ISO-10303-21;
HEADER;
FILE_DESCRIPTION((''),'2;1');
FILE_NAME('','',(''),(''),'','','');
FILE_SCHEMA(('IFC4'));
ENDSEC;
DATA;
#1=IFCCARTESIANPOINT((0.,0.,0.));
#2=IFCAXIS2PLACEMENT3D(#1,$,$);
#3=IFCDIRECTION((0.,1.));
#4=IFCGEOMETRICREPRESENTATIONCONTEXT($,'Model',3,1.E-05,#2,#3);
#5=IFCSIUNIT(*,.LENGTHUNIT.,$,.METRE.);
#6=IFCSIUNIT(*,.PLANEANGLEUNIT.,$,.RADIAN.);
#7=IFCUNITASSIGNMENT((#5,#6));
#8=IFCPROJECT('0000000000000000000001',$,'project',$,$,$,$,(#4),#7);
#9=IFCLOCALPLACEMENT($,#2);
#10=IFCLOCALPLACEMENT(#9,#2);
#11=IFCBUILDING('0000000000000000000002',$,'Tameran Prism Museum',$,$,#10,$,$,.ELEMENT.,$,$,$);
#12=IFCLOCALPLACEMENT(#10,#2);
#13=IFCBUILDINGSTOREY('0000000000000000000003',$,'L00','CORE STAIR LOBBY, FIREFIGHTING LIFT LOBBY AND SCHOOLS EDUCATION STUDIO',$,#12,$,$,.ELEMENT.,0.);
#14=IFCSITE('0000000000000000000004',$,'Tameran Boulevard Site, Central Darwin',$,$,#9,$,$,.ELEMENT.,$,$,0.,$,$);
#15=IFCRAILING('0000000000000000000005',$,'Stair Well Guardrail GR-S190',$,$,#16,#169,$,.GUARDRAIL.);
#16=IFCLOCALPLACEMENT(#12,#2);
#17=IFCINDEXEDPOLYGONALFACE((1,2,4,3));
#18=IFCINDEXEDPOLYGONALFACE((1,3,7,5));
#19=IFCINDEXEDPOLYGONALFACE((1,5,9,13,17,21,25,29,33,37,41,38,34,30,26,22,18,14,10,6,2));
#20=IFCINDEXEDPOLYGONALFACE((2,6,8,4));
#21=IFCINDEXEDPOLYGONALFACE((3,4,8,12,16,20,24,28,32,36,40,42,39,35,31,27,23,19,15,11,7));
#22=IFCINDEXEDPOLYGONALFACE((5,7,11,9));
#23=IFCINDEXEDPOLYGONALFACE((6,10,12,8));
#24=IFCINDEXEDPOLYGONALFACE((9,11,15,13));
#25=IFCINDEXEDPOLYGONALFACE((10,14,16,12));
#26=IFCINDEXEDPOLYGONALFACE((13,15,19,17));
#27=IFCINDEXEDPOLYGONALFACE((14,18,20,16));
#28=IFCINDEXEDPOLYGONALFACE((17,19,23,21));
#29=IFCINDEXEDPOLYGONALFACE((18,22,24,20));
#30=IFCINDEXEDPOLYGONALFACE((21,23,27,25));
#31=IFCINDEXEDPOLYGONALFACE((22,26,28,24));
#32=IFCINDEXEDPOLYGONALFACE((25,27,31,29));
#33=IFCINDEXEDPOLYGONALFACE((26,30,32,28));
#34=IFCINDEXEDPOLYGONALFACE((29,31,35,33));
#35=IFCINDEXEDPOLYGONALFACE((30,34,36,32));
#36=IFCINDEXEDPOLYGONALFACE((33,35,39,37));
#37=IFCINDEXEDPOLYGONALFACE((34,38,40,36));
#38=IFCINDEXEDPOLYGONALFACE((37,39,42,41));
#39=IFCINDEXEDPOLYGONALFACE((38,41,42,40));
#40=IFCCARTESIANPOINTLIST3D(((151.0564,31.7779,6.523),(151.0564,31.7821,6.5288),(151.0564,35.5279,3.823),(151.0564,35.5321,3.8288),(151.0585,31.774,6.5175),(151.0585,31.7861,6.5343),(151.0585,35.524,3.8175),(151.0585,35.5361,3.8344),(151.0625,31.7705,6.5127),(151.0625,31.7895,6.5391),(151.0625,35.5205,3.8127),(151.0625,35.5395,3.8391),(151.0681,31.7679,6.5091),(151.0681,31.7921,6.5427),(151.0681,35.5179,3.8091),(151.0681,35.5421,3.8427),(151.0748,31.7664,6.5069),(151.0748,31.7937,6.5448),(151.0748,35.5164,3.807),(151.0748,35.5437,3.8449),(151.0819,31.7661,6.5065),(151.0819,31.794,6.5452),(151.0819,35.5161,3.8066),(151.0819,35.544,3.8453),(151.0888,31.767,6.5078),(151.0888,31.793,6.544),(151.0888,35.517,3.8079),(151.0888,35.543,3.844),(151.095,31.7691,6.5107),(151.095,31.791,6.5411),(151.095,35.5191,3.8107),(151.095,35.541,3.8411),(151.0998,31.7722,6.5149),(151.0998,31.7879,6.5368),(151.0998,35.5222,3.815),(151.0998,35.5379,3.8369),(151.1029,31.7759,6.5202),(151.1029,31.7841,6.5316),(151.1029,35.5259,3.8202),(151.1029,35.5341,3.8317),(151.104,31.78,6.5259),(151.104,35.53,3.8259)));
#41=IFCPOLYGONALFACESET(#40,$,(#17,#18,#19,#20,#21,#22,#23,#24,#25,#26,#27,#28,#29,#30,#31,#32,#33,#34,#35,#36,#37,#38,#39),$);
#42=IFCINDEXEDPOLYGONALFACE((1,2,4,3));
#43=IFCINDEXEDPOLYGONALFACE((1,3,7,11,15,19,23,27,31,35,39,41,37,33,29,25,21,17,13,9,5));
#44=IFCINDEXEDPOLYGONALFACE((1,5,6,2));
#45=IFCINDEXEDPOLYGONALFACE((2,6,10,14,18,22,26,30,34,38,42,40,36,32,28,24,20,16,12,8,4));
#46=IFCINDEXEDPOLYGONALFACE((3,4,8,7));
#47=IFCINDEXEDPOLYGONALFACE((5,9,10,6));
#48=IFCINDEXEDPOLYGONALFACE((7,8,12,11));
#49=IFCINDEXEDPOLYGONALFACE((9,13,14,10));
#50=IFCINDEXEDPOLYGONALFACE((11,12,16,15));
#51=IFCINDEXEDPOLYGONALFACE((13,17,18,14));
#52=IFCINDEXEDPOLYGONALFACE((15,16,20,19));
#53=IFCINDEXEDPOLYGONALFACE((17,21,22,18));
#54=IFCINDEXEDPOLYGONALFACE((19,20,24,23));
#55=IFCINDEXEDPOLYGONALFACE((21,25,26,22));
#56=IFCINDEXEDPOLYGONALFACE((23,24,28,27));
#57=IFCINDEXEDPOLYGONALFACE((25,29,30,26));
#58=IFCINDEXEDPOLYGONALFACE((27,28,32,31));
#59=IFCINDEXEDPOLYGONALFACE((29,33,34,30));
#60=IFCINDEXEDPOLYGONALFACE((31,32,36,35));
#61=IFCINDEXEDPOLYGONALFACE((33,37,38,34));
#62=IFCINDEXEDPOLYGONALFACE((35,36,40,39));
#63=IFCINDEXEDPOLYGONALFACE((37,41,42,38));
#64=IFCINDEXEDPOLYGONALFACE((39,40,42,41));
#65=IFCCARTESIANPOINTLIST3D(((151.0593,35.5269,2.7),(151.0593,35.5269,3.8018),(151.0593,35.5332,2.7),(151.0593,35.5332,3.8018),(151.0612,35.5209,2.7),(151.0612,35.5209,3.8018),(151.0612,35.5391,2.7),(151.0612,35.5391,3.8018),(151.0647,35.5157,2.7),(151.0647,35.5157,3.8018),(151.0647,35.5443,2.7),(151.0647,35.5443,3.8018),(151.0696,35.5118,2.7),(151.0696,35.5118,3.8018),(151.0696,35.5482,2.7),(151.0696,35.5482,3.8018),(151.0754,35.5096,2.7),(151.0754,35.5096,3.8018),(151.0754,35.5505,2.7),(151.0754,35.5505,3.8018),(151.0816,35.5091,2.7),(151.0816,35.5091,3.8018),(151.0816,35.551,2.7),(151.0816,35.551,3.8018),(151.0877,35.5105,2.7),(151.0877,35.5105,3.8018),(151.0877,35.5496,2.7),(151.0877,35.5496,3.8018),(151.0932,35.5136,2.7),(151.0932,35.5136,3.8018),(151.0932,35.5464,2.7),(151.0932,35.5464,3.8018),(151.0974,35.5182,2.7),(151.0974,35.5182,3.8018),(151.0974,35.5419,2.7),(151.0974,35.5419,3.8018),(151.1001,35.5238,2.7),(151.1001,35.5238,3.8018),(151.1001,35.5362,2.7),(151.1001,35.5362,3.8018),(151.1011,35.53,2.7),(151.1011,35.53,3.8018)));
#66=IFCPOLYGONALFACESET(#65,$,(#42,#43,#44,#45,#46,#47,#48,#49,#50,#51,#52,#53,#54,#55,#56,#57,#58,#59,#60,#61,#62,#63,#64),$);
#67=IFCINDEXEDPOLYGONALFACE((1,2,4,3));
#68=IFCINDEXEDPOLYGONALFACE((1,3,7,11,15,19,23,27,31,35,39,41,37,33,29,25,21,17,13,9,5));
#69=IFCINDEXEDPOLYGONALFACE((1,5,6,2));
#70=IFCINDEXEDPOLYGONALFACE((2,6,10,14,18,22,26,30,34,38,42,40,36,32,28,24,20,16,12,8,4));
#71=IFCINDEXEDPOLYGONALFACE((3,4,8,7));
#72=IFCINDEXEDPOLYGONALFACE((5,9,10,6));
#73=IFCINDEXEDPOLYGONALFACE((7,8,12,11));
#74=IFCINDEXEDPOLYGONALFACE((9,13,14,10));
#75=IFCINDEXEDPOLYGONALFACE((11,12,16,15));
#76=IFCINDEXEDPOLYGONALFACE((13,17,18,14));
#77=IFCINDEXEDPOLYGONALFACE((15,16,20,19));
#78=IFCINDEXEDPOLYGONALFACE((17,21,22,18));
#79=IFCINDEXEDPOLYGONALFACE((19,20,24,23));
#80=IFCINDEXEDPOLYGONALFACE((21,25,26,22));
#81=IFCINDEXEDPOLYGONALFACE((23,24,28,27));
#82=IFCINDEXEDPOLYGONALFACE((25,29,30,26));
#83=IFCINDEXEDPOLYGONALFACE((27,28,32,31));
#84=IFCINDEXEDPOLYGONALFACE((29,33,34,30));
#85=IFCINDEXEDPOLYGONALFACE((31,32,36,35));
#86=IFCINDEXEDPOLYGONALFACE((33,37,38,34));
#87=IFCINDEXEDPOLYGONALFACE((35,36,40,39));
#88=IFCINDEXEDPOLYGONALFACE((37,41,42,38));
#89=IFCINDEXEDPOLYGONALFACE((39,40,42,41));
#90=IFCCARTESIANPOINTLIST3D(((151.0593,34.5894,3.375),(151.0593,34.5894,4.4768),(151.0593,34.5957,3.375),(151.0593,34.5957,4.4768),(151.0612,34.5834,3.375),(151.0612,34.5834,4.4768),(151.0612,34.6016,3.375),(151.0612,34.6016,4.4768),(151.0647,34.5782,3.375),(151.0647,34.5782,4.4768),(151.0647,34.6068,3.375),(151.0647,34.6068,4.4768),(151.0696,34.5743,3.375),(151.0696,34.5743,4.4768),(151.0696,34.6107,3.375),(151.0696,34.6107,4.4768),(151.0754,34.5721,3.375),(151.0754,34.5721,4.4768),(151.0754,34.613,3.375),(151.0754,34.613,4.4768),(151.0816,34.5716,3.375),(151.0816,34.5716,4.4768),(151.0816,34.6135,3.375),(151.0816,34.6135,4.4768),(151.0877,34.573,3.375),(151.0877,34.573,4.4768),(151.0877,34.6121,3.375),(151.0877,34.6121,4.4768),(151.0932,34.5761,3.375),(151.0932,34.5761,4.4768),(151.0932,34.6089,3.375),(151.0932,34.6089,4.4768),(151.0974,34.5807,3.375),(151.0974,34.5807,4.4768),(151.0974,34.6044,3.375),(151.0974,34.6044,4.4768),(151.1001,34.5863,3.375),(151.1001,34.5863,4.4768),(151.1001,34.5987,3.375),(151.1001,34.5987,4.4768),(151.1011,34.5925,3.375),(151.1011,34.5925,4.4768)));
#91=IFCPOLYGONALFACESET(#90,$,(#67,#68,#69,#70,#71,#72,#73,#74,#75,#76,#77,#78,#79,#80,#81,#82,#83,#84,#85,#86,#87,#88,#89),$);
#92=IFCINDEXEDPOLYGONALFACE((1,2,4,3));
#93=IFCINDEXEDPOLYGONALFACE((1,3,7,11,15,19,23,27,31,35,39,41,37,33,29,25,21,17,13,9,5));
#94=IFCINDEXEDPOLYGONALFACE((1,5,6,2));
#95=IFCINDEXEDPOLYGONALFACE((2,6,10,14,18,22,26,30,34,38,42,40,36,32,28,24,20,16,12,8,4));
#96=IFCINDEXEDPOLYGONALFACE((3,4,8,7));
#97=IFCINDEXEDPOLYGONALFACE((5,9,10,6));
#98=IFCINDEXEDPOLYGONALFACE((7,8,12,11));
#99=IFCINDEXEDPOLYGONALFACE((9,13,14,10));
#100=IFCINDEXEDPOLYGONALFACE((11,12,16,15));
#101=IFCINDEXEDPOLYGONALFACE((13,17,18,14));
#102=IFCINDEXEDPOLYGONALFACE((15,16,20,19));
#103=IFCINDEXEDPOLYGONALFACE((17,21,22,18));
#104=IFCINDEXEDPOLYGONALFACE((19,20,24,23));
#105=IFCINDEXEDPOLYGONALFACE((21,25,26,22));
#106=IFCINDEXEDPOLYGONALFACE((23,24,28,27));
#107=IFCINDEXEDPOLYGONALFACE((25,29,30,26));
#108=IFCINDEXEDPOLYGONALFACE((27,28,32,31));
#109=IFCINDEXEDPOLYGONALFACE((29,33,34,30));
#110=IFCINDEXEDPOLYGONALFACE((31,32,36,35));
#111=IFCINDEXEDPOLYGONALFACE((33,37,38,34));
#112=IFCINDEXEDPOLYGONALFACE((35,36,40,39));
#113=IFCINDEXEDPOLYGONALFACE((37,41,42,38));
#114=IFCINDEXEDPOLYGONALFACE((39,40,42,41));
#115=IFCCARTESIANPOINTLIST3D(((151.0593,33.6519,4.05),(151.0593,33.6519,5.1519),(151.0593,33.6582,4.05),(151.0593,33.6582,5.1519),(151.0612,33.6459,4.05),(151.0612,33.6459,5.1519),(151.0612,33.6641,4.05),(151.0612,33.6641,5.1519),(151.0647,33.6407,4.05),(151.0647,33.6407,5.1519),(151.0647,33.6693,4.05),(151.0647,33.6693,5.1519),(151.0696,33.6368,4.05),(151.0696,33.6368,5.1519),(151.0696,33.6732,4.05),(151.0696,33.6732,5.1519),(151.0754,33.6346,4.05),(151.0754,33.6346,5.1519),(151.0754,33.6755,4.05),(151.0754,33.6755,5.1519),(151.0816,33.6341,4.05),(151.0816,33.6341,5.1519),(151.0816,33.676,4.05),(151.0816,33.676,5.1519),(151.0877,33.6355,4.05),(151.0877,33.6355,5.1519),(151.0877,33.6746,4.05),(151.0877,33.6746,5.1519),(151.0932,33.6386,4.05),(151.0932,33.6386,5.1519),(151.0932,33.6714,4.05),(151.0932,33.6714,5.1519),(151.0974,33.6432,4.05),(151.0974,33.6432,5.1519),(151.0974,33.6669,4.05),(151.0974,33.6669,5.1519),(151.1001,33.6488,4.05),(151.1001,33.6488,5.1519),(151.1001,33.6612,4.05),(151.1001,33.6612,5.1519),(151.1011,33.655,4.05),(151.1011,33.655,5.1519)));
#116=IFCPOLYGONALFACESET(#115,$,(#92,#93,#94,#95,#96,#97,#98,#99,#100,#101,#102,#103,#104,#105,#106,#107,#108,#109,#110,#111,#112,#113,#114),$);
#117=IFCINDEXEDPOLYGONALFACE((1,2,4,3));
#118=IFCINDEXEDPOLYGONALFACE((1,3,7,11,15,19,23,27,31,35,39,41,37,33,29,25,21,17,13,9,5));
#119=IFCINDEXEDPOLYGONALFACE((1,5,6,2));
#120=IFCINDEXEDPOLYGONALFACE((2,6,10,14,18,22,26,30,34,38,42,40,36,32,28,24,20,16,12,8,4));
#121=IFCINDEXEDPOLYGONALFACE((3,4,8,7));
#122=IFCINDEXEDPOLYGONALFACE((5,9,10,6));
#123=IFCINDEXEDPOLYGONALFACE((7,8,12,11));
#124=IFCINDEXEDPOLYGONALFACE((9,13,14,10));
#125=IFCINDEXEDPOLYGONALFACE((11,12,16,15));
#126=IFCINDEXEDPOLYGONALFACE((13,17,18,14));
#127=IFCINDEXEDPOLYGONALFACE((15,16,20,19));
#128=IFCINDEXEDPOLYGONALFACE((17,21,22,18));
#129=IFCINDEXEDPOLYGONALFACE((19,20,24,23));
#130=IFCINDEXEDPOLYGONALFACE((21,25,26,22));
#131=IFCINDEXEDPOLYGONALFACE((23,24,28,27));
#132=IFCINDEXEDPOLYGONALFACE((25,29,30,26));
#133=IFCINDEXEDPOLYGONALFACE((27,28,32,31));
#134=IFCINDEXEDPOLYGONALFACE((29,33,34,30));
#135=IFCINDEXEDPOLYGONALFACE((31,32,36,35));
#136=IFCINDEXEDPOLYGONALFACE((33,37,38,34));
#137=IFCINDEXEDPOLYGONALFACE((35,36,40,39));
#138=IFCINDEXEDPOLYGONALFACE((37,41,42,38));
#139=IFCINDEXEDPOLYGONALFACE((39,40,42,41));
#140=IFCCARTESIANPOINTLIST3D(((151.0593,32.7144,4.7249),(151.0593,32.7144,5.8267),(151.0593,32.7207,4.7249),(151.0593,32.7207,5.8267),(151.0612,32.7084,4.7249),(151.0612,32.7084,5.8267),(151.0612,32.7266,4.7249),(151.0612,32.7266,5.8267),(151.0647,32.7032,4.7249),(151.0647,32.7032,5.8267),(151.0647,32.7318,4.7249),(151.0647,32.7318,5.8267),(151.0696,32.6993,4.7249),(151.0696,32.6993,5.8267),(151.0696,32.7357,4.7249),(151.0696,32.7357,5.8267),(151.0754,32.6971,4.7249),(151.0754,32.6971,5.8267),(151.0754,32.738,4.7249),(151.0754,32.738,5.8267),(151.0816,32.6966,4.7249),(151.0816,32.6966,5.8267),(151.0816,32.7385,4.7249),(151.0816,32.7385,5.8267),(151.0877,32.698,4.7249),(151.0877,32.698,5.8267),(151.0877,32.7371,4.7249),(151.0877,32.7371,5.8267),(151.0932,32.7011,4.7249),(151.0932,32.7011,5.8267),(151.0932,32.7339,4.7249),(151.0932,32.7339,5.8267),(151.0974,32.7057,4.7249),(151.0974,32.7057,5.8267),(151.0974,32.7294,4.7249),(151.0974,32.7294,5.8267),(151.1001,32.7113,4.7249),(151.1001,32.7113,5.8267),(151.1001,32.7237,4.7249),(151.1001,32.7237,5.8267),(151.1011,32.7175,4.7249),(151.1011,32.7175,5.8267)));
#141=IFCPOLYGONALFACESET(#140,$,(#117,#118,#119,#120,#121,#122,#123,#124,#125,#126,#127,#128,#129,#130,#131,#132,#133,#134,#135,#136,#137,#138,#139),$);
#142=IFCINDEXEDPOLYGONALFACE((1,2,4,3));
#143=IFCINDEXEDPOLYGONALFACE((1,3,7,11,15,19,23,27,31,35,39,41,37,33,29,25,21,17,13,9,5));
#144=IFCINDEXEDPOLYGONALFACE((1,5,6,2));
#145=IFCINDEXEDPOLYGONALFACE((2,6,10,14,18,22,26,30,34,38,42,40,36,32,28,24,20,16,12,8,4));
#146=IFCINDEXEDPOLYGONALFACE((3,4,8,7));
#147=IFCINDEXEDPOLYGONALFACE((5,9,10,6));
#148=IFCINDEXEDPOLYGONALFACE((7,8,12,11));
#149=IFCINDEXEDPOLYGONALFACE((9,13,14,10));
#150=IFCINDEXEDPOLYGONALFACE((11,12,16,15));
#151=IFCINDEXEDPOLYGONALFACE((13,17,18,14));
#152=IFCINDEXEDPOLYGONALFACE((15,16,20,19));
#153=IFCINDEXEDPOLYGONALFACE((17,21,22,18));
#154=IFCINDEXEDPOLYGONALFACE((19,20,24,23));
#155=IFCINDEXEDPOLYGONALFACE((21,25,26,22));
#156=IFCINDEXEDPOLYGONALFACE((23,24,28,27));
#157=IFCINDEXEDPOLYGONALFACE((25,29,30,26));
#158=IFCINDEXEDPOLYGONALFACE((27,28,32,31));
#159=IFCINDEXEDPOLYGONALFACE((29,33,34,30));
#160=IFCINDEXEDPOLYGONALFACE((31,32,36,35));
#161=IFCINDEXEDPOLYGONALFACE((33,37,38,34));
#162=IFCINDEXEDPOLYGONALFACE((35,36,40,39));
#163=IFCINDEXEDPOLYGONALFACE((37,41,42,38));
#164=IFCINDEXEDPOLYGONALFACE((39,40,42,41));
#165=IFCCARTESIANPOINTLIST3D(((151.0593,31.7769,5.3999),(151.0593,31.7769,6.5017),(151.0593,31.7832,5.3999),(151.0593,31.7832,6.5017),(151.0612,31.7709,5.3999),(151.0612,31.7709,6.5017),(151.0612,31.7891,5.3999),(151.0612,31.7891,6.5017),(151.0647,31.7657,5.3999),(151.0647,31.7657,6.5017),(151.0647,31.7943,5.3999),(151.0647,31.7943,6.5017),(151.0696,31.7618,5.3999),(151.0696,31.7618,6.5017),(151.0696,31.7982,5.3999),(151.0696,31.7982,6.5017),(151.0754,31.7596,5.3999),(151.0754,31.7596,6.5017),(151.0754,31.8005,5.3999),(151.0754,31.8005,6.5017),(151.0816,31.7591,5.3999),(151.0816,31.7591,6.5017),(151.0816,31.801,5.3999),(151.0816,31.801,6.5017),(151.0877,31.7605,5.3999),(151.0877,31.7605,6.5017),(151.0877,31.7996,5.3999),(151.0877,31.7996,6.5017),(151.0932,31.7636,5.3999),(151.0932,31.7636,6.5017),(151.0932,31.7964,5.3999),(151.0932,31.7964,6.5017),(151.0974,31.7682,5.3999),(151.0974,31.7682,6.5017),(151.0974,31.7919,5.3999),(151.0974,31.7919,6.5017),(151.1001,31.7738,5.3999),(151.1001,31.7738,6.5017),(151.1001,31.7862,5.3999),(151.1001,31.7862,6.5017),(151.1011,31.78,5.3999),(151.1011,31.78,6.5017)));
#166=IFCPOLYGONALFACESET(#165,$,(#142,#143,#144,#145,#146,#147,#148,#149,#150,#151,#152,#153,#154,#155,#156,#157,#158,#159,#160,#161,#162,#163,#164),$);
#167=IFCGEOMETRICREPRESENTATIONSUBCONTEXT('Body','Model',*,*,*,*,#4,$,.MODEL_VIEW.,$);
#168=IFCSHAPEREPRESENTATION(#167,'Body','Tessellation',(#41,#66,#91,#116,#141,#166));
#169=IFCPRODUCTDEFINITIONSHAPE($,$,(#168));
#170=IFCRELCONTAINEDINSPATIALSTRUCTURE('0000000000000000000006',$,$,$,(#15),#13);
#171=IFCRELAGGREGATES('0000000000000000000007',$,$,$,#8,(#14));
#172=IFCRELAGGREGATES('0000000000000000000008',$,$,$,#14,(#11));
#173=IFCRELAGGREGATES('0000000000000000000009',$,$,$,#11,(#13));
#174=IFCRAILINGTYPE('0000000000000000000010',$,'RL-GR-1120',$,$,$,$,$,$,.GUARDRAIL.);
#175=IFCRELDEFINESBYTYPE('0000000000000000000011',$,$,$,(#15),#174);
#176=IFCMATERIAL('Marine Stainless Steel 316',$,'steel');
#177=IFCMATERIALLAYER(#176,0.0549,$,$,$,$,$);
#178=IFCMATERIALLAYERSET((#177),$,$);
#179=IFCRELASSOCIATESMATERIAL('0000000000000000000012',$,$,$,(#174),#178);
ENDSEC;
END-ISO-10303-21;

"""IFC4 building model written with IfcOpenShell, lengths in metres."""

from ifc_helpers import new_model, si_unit, direction, frame, origin, origin_2d, place, context, subcontext, project, spatial, circle, extrude, material, layer, layer_set, type_object, element, save


model = new_model("IFC4")

# Units and contexts
model_context = context("Model", 3, precision=1e-05, world=origin(), true_north=direction((0.0, 1.0)))
body_context = subcontext(model_context, "Body", "Model", "MODEL_VIEW")
ifc_project = project(units=[si_unit("LENGTHUNIT", "METRE"), si_unit("PLANEANGLEUNIT", "RADIAN")], contexts=[model_context])

# Site, building, storey
site_placement = place(None, origin())
site = spatial("IfcSite", under=ifc_project, at=site_placement, Name="Tameran Boulevard Site, Central Darwin", CompositionType="ELEMENT", RefElevation=0.0)
building_placement = place(site_placement, origin())
building = spatial("IfcBuilding", under=site, at=building_placement, Name="Tameran Prism Museum", CompositionType="ELEMENT")
storey_placement = place(building_placement, origin())
storey = spatial("IfcBuildingStorey", under=building, at=storey_placement, Name="L00", Description="CORE STAIR LOBBY, FIREFIGHTING LIFT LOBBY AND SCHOOLS EDUCATION STUDIO", CompositionType="ELEMENT", Elevation=0.0)

# Railing
ifc_material_1 = material(Name="Marine Stainless Steel 316", Category="steel")
ifc_layer_1 = layer(ifc_material_1, 0.0549)
ifc_layer_set_1 = layer_set([ifc_layer_1])
railing_type_1 = type_object("IfcRailingType", Name="RL-GR-1120", PredefinedType="GUARDRAIL", material=ifc_layer_set_1)
railing_1_placement = place(storey_placement, frame((151.0801, 35.53, 2.7)))
element("IfcRailing", 1, at=railing_1_placement, inside=storey, type_object=railing_type_1, Name="Stair Well Guardrail GR-S190", PredefinedType="GUARDRAIL", context=body_context, shape_type="SweptSolid", body=[
    extrude(circle(Radius=0.0239, at=origin_2d()), frame((0.0, 0.0, 1.126), z_axis=(0.0, -0.811539, 0.584298), x_axis=(1.0, 0.0, 0.0)), (0.0, 0.0, 1.0), 4.6208),
    extrude(circle(Radius=0.021, at=origin_2d()), origin(), (0.0, 0.0, 1.0), 1.1018),
    extrude(circle(Radius=0.021, at=origin_2d()), frame((0.0, -0.9375, 0.675)), (0.0, 0.0, 1.0), 1.1018),
    extrude(circle(Radius=0.021, at=origin_2d()), frame((0.0, -1.875, 1.3501)), (0.0, 0.0, 1.0), 1.1018),
    extrude(circle(Radius=0.021, at=origin_2d()), frame((0.0, -2.8125, 2.0249)), (0.0, 0.0, 1.0), 1.1018),
    extrude(circle(Radius=0.021, at=origin_2d()), frame((0.0, -3.75, 2.7)), (0.0, 0.0, 1.0), 1.1018),
])

save(model, "model.ifc")
